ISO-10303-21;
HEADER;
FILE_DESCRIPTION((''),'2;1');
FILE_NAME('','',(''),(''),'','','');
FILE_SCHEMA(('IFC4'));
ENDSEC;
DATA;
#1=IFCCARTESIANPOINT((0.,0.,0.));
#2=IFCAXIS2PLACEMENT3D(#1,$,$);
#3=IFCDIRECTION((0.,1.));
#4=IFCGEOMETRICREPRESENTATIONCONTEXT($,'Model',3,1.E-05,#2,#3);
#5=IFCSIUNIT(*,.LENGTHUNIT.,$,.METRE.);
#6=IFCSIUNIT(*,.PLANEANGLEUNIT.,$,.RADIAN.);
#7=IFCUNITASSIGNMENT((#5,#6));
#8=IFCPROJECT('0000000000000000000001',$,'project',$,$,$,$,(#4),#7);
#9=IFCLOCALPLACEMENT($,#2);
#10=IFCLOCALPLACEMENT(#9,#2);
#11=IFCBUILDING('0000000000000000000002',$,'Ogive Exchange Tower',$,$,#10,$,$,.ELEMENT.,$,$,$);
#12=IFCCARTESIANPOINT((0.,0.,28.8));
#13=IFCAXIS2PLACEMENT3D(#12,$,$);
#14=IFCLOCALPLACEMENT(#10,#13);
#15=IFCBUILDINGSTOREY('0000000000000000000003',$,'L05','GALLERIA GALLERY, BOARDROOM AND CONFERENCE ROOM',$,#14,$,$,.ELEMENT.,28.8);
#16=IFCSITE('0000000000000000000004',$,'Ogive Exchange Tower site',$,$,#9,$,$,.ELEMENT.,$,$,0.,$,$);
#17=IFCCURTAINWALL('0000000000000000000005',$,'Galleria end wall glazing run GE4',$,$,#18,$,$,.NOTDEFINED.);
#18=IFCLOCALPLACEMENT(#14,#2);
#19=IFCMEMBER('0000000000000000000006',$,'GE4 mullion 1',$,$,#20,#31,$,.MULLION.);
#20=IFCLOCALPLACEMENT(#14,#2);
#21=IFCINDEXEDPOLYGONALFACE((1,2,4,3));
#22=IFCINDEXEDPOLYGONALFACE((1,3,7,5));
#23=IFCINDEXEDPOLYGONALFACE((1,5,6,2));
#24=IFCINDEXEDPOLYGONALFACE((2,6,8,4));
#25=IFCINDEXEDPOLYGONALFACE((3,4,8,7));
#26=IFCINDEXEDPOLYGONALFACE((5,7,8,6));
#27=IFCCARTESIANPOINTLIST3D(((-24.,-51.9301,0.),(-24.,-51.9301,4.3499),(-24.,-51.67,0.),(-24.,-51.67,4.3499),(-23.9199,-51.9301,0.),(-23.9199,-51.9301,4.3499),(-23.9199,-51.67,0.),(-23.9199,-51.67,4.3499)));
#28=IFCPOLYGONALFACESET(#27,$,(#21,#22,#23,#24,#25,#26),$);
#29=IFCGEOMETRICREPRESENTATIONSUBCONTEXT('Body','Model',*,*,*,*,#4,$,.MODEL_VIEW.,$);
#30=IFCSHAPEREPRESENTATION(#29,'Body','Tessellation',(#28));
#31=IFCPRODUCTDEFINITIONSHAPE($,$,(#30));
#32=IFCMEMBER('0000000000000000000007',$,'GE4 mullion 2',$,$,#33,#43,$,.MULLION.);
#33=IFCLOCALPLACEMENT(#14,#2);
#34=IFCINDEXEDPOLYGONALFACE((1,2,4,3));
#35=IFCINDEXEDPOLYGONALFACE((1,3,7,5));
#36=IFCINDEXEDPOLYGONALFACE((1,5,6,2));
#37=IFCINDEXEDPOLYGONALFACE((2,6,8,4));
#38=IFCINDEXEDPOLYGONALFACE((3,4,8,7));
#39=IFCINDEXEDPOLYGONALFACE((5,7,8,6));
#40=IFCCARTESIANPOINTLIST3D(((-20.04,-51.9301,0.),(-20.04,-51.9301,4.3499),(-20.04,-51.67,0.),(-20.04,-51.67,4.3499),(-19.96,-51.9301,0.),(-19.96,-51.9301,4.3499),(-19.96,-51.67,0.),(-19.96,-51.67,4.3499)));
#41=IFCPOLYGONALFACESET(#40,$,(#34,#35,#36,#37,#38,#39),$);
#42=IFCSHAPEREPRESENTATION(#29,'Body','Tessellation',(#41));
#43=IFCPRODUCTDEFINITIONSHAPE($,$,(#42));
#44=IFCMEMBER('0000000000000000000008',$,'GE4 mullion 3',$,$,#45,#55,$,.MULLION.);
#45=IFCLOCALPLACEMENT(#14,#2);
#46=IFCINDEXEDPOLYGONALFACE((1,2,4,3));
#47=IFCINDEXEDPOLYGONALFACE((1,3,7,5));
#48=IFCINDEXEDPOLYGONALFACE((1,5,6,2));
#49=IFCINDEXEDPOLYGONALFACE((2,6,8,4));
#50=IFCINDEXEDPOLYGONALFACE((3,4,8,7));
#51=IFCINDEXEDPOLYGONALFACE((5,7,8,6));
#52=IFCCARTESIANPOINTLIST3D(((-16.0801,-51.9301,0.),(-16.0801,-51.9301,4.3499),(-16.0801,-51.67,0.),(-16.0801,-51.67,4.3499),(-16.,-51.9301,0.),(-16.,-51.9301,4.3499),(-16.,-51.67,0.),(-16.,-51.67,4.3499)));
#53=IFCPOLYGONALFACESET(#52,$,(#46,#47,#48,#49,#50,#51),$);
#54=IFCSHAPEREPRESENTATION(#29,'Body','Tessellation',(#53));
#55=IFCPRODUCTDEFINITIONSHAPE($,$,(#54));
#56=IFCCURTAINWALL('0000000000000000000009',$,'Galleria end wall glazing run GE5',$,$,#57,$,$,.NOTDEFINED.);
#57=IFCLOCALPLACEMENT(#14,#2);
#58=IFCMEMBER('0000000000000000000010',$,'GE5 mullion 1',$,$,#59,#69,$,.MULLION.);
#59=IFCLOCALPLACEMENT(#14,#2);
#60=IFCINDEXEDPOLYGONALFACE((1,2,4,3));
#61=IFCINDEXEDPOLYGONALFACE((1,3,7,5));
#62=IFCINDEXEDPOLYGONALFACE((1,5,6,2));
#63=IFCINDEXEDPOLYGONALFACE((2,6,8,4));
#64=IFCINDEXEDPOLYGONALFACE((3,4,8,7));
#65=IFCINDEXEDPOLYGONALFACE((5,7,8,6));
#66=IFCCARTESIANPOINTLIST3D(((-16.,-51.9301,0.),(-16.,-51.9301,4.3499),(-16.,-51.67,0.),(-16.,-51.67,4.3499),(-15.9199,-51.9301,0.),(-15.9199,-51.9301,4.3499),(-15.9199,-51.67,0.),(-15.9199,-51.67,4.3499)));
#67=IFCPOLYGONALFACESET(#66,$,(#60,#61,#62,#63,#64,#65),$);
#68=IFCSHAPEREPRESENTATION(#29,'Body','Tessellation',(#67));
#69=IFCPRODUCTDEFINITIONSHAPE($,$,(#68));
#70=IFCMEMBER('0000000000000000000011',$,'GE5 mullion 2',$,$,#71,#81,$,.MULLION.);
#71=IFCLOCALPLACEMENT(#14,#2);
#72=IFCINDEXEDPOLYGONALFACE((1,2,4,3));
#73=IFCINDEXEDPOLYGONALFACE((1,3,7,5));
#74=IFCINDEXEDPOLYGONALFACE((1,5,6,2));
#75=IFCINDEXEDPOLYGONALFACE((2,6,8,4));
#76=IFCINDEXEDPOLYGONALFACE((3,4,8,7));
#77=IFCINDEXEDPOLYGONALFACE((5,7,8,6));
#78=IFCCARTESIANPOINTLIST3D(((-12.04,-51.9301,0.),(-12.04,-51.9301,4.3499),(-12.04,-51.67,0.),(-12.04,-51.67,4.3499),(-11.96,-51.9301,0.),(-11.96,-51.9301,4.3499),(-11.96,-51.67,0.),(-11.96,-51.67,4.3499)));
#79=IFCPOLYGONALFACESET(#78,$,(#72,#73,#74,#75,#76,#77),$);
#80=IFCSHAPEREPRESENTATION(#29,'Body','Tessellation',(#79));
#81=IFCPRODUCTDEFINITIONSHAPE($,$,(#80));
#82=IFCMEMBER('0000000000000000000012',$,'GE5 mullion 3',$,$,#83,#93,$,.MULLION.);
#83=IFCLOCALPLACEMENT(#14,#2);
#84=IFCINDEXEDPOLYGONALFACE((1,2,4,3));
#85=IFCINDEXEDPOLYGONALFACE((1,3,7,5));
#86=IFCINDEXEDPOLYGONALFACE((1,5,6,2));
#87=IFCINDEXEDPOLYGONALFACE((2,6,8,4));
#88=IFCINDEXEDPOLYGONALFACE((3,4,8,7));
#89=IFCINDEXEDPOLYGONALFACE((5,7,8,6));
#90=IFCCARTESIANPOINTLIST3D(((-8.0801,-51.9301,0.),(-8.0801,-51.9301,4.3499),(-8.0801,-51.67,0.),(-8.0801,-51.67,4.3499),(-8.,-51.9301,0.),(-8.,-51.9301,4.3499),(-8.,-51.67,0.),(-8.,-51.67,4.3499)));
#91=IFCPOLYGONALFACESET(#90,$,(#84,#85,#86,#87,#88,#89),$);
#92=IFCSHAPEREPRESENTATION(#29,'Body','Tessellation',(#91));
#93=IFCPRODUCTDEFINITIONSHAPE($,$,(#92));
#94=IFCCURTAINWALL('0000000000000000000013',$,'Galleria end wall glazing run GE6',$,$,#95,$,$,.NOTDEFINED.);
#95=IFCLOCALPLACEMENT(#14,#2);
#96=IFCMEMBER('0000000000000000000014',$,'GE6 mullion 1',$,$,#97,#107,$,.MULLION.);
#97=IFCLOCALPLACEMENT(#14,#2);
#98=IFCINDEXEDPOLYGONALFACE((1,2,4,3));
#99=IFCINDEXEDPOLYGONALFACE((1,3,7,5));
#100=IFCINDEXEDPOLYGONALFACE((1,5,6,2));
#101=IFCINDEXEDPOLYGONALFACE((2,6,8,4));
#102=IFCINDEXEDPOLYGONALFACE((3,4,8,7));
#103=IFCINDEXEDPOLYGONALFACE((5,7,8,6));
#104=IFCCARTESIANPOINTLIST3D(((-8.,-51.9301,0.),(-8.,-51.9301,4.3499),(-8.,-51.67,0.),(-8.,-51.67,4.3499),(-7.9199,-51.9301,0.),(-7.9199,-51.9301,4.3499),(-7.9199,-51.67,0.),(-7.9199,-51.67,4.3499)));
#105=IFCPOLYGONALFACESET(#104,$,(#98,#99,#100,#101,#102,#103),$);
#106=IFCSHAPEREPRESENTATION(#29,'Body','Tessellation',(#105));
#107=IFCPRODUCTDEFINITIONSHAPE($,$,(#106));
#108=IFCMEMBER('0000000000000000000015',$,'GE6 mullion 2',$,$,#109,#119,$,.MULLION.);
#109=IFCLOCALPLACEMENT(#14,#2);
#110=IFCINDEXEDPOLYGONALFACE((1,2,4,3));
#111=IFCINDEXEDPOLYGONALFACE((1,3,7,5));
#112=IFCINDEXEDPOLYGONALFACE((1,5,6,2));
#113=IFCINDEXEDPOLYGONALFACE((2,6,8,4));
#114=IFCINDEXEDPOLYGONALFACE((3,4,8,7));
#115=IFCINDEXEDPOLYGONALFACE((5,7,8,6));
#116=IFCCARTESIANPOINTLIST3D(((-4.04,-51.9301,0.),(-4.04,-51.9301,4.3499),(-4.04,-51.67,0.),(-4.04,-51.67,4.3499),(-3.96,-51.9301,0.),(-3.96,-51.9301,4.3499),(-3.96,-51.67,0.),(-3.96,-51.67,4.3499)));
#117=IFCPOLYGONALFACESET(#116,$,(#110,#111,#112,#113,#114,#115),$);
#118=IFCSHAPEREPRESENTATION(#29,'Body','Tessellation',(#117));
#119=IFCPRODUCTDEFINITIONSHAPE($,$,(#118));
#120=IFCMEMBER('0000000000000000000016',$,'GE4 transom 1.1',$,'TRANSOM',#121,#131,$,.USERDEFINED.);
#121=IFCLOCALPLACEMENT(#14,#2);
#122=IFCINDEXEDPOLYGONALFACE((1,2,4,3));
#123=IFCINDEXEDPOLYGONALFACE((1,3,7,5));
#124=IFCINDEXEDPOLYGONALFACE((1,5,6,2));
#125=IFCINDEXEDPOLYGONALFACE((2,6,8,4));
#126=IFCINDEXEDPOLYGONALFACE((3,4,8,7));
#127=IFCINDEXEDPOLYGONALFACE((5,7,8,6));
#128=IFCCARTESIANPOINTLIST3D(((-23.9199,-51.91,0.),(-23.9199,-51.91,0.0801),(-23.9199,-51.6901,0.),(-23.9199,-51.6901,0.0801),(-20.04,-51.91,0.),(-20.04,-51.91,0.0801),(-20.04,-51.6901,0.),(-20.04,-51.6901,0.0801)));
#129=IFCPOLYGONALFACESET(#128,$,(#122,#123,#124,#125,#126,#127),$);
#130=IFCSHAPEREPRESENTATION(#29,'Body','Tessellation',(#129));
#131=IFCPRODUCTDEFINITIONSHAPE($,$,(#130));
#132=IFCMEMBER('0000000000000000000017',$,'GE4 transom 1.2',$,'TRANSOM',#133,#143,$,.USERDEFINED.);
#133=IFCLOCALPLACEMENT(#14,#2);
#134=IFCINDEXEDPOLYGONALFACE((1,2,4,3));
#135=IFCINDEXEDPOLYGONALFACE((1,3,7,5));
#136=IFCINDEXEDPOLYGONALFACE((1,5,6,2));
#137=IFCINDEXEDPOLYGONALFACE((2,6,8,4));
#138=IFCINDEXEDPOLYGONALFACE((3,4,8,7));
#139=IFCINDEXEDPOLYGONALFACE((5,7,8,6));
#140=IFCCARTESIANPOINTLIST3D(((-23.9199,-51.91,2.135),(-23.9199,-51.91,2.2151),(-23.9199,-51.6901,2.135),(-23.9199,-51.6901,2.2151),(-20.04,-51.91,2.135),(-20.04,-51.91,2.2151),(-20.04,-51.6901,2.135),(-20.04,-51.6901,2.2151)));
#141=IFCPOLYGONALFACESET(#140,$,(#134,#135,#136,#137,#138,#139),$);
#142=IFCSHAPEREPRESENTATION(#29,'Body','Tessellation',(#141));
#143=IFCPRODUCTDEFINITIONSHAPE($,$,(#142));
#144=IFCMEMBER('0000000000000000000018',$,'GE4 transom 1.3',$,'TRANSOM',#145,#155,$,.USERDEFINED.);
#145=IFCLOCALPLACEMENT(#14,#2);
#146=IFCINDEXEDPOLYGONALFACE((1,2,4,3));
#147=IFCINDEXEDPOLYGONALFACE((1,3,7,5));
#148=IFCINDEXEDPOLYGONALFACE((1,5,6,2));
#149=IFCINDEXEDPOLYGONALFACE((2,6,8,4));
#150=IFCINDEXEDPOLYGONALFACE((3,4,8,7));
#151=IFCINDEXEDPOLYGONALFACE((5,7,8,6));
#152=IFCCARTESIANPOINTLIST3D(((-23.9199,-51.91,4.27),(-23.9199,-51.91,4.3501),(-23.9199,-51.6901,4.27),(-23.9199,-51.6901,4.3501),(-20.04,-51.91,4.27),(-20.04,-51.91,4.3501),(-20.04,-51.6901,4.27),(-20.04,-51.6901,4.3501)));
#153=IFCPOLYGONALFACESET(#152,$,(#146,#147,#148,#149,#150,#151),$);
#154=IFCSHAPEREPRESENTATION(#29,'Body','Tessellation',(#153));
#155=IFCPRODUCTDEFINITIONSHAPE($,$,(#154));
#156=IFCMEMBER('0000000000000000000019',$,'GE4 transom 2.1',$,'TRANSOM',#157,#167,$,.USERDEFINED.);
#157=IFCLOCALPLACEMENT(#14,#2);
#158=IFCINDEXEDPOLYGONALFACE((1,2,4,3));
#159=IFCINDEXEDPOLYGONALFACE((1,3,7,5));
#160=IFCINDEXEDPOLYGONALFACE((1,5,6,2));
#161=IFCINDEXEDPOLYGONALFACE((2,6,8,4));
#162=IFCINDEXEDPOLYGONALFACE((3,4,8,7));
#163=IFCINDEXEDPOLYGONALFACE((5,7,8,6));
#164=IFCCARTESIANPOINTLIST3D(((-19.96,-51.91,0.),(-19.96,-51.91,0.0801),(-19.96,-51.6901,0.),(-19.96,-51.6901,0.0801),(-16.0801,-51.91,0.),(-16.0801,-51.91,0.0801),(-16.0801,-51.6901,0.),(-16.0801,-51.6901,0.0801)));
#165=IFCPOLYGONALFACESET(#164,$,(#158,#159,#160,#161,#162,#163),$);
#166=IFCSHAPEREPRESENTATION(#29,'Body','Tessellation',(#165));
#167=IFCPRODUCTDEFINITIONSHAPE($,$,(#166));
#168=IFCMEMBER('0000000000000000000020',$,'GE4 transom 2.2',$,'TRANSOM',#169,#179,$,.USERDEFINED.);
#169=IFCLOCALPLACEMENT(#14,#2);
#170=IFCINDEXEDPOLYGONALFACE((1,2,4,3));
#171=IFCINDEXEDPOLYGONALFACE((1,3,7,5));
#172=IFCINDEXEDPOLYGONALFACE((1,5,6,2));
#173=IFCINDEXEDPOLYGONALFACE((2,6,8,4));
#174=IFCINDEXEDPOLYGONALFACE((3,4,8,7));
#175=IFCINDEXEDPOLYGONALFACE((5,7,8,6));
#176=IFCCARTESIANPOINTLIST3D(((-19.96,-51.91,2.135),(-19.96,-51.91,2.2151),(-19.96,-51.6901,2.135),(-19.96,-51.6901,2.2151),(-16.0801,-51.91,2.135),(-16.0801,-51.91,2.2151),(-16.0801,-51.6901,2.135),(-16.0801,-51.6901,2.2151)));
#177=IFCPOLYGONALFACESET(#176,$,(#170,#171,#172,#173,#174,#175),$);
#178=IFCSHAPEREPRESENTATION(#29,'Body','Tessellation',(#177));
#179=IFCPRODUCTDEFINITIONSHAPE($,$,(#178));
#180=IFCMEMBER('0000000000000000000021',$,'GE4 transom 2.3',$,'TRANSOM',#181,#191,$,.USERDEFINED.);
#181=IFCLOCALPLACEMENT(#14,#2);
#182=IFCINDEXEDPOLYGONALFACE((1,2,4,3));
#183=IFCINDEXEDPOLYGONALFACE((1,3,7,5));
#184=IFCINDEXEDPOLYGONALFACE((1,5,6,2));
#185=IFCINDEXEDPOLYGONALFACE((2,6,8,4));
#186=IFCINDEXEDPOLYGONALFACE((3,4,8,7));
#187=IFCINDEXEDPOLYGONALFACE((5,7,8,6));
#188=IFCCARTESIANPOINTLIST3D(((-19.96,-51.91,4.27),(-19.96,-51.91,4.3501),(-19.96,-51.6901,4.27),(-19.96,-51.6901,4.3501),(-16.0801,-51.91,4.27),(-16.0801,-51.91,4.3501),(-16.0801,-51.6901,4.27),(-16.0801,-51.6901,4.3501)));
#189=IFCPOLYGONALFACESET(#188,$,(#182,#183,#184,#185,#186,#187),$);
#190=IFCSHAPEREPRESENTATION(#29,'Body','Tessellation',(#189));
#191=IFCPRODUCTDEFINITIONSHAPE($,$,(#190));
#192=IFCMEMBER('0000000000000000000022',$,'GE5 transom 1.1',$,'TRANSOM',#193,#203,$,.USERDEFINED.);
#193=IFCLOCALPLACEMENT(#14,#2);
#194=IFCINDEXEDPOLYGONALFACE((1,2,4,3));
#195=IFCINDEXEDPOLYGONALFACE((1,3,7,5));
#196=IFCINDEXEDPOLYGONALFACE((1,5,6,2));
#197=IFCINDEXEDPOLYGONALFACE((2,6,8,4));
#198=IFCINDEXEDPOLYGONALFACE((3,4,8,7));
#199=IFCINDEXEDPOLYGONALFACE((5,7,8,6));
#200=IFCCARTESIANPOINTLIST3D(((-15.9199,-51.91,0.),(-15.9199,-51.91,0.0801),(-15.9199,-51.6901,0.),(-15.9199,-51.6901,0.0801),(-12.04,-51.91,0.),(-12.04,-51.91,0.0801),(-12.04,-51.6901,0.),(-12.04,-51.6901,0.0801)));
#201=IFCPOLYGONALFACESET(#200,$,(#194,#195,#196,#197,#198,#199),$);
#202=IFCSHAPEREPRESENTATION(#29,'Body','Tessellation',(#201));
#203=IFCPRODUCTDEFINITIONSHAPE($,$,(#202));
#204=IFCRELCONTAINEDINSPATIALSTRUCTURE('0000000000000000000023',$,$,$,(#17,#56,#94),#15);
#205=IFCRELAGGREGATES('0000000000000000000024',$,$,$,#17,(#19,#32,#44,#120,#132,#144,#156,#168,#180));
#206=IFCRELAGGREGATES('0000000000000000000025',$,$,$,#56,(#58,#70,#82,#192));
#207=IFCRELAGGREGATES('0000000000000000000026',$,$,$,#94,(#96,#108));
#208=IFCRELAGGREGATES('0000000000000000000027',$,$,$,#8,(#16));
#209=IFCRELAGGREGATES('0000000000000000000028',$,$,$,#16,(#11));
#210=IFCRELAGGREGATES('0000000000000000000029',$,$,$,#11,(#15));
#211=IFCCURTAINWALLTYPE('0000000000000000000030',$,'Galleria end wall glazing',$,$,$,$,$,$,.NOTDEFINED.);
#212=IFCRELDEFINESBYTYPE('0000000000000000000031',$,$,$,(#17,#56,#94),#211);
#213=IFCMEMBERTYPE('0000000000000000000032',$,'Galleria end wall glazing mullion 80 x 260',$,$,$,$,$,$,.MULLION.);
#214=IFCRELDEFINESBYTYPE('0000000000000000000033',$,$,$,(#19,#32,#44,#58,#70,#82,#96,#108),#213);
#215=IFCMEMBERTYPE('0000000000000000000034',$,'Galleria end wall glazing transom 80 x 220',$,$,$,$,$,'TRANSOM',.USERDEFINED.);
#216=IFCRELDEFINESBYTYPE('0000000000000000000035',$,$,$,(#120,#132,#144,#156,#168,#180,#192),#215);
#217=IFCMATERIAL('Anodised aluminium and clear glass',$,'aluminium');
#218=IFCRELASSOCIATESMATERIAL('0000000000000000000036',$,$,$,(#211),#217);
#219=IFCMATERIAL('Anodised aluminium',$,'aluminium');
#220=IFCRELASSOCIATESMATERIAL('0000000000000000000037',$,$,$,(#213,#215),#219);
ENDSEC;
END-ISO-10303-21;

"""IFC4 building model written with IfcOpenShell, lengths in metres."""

from ifc_helpers import new_model, si_unit, direction, frame, origin, origin_2d, place, context, subcontext, project, spatial, rectangle, extrude, material, material_profile, profile_set, type_object, element, aggregate, save


model = new_model("IFC4")

# Units and contexts
model_context = context("Model", 3, precision=1e-05, world=origin(), true_north=direction((0.0, 1.0)))
body_context = subcontext(model_context, "Body", "Model", "MODEL_VIEW")
ifc_project = project(units=[si_unit("LENGTHUNIT", "METRE"), si_unit("PLANEANGLEUNIT", "RADIAN")], contexts=[model_context])

# Site, building, storey
site_placement = place(None, origin())
site = spatial("IfcSite", under=ifc_project, at=site_placement, Name="Ogive Exchange Tower site", CompositionType="ELEMENT", RefElevation=0.0)
building_placement = place(site_placement, origin())
building = spatial("IfcBuilding", under=site, at=building_placement, Name="Ogive Exchange Tower", CompositionType="ELEMENT")
storey_placement = place(building_placement, frame((0.0, 0.0, 28.8)))
storey = spatial("IfcBuildingStorey", under=building, at=storey_placement, Name="L05", Description="GALLERIA GALLERY, BOARDROOM AND CONFERENCE ROOM", CompositionType="ELEMENT", Elevation=28.8)

# Curtain walls, members
ifc_material_1 = material(Name="Anodised aluminium and clear glass", Category="aluminium")
curtain_wall_type = type_object("IfcCurtainWallType", Name="Galleria end wall glazing", PredefinedType="NOTDEFINED", material=ifc_material_1)
curtain_wall_1_placement = place(storey_placement, origin())
curtain_wall_1 = element("IfcCurtainWall", 1, at=curtain_wall_1_placement, inside=storey, type_object=curtain_wall_type, Name="Galleria end wall glazing run GE4", PredefinedType="NOTDEFINED")
ifc_material_2 = material(Name="Anodised aluminium", Category="aluminium")
ifc_material_profile_1 = material_profile(ifc_material_2, rectangle(XDim=0.26, YDim=0.0801, at=origin_2d()), Name="AL 80x260")
ifc_profile_set_1 = profile_set([ifc_material_profile_1], Name="Anodised aluminium")
member_type_1 = type_object("IfcMemberType", Name="Galleria end wall glazing mullion 80 x 260", PredefinedType="MULLION", material=ifc_profile_set_1)
member_1_placement = place(storey_placement, frame((-23.96, -51.8, 0.0), z_axis=(0.0, 0.0, 1.0), x_axis=(0.0, 1.0, 0.0)))
member_1 = element("IfcMember", 2, at=member_1_placement, type_object=member_type_1, Name="GE4 mullion 1", PredefinedType="MULLION", context=body_context, shape_type="SweptSolid", body=[
    extrude(rectangle(XDim=0.26, YDim=0.0801, at=origin_2d()), origin(), (0.0, 0.0, 1.0), 4.3499),
])
member_2_placement = place(storey_placement, frame((-20.0, -51.8, 0.0), z_axis=(0.0, 0.0, 1.0), x_axis=(0.0, 1.0, 0.0)))
member_2 = element("IfcMember", 3, at=member_2_placement, type_object=member_type_1, Name="GE4 mullion 2", PredefinedType="MULLION", context=body_context, shape_type="SweptSolid", body=[
    extrude(rectangle(XDim=0.26, YDim=0.0801, at=origin_2d()), origin(), (0.0, 0.0, 1.0), 4.3499),
])
member_3_placement = place(storey_placement, frame((-16.04, -51.8, 0.0), z_axis=(0.0, 0.0, 1.0), x_axis=(0.0, 1.0, 0.0)))
member_3 = element("IfcMember", 4, at=member_3_placement, type_object=member_type_1, Name="GE4 mullion 3", PredefinedType="MULLION", context=body_context, shape_type="SweptSolid", body=[
    extrude(rectangle(XDim=0.26, YDim=0.0801, at=origin_2d()), origin(), (0.0, 0.0, 1.0), 4.3499),
])
curtain_wall_2_placement = place(storey_placement, origin())
curtain_wall_2 = element("IfcCurtainWall", 5, at=curtain_wall_2_placement, inside=storey, type_object=curtain_wall_type, Name="Galleria end wall glazing run GE5", PredefinedType="NOTDEFINED")
member_4_placement = place(storey_placement, frame((-15.96, -51.8, 0.0), z_axis=(0.0, 0.0, 1.0), x_axis=(0.0, 1.0, 0.0)))
member_4 = element("IfcMember", 6, at=member_4_placement, type_object=member_type_1, Name="GE5 mullion 1", PredefinedType="MULLION", context=body_context, shape_type="SweptSolid", body=[
    extrude(rectangle(XDim=0.26, YDim=0.0801, at=origin_2d()), origin(), (0.0, 0.0, 1.0), 4.3499),
])
member_5_placement = place(storey_placement, frame((-12.0, -51.8, 0.0), z_axis=(0.0, 0.0, 1.0), x_axis=(0.0, 1.0, 0.0)))
member_5 = element("IfcMember", 7, at=member_5_placement, type_object=member_type_1, Name="GE5 mullion 2", PredefinedType="MULLION", context=body_context, shape_type="SweptSolid", body=[
    extrude(rectangle(XDim=0.26, YDim=0.0801, at=origin_2d()), origin(), (0.0, 0.0, 1.0), 4.3499),
])
member_6_placement = place(storey_placement, frame((-8.04, -51.8, 0.0), z_axis=(0.0, 0.0, 1.0), x_axis=(0.0, 1.0, 0.0)))
member_6 = element("IfcMember", 8, at=member_6_placement, type_object=member_type_1, Name="GE5 mullion 3", PredefinedType="MULLION", context=body_context, shape_type="SweptSolid", body=[
    extrude(rectangle(XDim=0.26, YDim=0.0801, at=origin_2d()), origin(), (0.0, 0.0, 1.0), 4.3499),
])
curtain_wall_3_placement = place(storey_placement, origin())
curtain_wall_3 = element("IfcCurtainWall", 9, at=curtain_wall_3_placement, inside=storey, type_object=curtain_wall_type, Name="Galleria end wall glazing run GE6", PredefinedType="NOTDEFINED")
member_7_placement = place(storey_placement, frame((-7.96, -51.8, 0.0), z_axis=(0.0, 0.0, 1.0), x_axis=(0.0, 1.0, 0.0)))
member_7 = element("IfcMember", 10, at=member_7_placement, type_object=member_type_1, Name="GE6 mullion 1", PredefinedType="MULLION", context=body_context, shape_type="SweptSolid", body=[
    extrude(rectangle(XDim=0.26, YDim=0.0801, at=origin_2d()), origin(), (0.0, 0.0, 1.0), 4.3499),
])
member_8_placement = place(storey_placement, frame((-4.0, -51.8, 0.0), z_axis=(0.0, 0.0, 1.0), x_axis=(0.0, 1.0, 0.0)))
member_8 = element("IfcMember", 11, at=member_8_placement, type_object=member_type_1, Name="GE6 mullion 2", PredefinedType="MULLION", context=body_context, shape_type="SweptSolid", body=[
    extrude(rectangle(XDim=0.26, YDim=0.0801, at=origin_2d()), origin(), (0.0, 0.0, 1.0), 4.3499),
])

# Members
ifc_material_profile_2 = material_profile(ifc_material_2, rectangle(XDim=0.22, YDim=0.0801, at=origin_2d()), Name="AL 80x220")
ifc_profile_set_2 = profile_set([ifc_material_profile_2], Name="Anodised aluminium")
member_type_2 = type_object("IfcMemberType", Name="Galleria end wall glazing transom 80 x 220", ElementType="TRANSOM", PredefinedType="USERDEFINED", material=ifc_profile_set_2)
member_9_placement = place(storey_placement, frame((-23.9199, -51.8, 0.04), z_axis=(1.0, 0.0, 0.0), x_axis=(0.0, 1.0, 0.0)))
member_9 = element("IfcMember", 12, at=member_9_placement, type_object=member_type_2, Name="GE4 transom 1.1", ObjectType="TRANSOM", PredefinedType="USERDEFINED", context=body_context, shape_type="SweptSolid", body=[
    extrude(rectangle(XDim=0.22, YDim=0.0801, at=origin_2d()), origin(), (0.0, 0.0, 1.0), 3.8799),
])
member_10_placement = place(storey_placement, frame((-23.9199, -51.8, 2.175), z_axis=(1.0, 0.0, 0.0), x_axis=(0.0, 1.0, 0.0)))
member_10 = element("IfcMember", 13, at=member_10_placement, type_object=member_type_2, Name="GE4 transom 1.2", ObjectType="TRANSOM", PredefinedType="USERDEFINED", context=body_context, shape_type="SweptSolid", body=[
    extrude(rectangle(XDim=0.22, YDim=0.0801, at=origin_2d()), origin(), (0.0, 0.0, 1.0), 3.8799),
])
member_11_placement = place(storey_placement, frame((-23.9199, -51.8, 4.3101), z_axis=(1.0, 0.0, 0.0), x_axis=(0.0, 1.0, 0.0)))
member_11 = element("IfcMember", 14, at=member_11_placement, type_object=member_type_2, Name="GE4 transom 1.3", ObjectType="TRANSOM", PredefinedType="USERDEFINED", context=body_context, shape_type="SweptSolid", body=[
    extrude(rectangle(XDim=0.22, YDim=0.0801, at=origin_2d()), origin(), (0.0, 0.0, 1.0), 3.8799),
])
member_12_placement = place(storey_placement, frame((-19.96, -51.8, 0.04), z_axis=(1.0, 0.0, 0.0), x_axis=(0.0, 1.0, 0.0)))
member_12 = element("IfcMember", 15, at=member_12_placement, type_object=member_type_2, Name="GE4 transom 2.1", ObjectType="TRANSOM", PredefinedType="USERDEFINED", context=body_context, shape_type="SweptSolid", body=[
    extrude(rectangle(XDim=0.22, YDim=0.0801, at=origin_2d()), origin(), (0.0, 0.0, 1.0), 3.8799),
])
member_13_placement = place(storey_placement, frame((-19.96, -51.8, 2.175), z_axis=(1.0, 0.0, 0.0), x_axis=(0.0, 1.0, 0.0)))
member_13 = element("IfcMember", 16, at=member_13_placement, type_object=member_type_2, Name="GE4 transom 2.2", ObjectType="TRANSOM", PredefinedType="USERDEFINED", context=body_context, shape_type="SweptSolid", body=[
    extrude(rectangle(XDim=0.22, YDim=0.0801, at=origin_2d()), origin(), (0.0, 0.0, 1.0), 3.8799),
])
member_14_placement = place(storey_placement, frame((-19.96, -51.8, 4.3101), z_axis=(1.0, 0.0, 0.0), x_axis=(0.0, 1.0, 0.0)))
member_14 = element("IfcMember", 17, at=member_14_placement, type_object=member_type_2, Name="GE4 transom 2.3", ObjectType="TRANSOM", PredefinedType="USERDEFINED", context=body_context, shape_type="SweptSolid", body=[
    extrude(rectangle(XDim=0.22, YDim=0.0801, at=origin_2d()), origin(), (0.0, 0.0, 1.0), 3.8799),
])
member_15_placement = place(storey_placement, frame((-15.9199, -51.8, 0.04), z_axis=(1.0, 0.0, 0.0), x_axis=(0.0, 1.0, 0.0)))
member_15 = element("IfcMember", 18, at=member_15_placement, type_object=member_type_2, Name="GE5 transom 1.1", ObjectType="TRANSOM", PredefinedType="USERDEFINED", context=body_context, shape_type="SweptSolid", body=[
    extrude(rectangle(XDim=0.22, YDim=0.0801, at=origin_2d()), origin(), (0.0, 0.0, 1.0), 3.8799),
])

aggregate(curtain_wall_1, [member_1, member_2, member_3, member_9, member_10, member_11, member_12, member_13, member_14])
aggregate(curtain_wall_2, [member_4, member_5, member_6, member_15])
aggregate(curtain_wall_3, [member_7, member_8])

save(model, "model.ifc")
